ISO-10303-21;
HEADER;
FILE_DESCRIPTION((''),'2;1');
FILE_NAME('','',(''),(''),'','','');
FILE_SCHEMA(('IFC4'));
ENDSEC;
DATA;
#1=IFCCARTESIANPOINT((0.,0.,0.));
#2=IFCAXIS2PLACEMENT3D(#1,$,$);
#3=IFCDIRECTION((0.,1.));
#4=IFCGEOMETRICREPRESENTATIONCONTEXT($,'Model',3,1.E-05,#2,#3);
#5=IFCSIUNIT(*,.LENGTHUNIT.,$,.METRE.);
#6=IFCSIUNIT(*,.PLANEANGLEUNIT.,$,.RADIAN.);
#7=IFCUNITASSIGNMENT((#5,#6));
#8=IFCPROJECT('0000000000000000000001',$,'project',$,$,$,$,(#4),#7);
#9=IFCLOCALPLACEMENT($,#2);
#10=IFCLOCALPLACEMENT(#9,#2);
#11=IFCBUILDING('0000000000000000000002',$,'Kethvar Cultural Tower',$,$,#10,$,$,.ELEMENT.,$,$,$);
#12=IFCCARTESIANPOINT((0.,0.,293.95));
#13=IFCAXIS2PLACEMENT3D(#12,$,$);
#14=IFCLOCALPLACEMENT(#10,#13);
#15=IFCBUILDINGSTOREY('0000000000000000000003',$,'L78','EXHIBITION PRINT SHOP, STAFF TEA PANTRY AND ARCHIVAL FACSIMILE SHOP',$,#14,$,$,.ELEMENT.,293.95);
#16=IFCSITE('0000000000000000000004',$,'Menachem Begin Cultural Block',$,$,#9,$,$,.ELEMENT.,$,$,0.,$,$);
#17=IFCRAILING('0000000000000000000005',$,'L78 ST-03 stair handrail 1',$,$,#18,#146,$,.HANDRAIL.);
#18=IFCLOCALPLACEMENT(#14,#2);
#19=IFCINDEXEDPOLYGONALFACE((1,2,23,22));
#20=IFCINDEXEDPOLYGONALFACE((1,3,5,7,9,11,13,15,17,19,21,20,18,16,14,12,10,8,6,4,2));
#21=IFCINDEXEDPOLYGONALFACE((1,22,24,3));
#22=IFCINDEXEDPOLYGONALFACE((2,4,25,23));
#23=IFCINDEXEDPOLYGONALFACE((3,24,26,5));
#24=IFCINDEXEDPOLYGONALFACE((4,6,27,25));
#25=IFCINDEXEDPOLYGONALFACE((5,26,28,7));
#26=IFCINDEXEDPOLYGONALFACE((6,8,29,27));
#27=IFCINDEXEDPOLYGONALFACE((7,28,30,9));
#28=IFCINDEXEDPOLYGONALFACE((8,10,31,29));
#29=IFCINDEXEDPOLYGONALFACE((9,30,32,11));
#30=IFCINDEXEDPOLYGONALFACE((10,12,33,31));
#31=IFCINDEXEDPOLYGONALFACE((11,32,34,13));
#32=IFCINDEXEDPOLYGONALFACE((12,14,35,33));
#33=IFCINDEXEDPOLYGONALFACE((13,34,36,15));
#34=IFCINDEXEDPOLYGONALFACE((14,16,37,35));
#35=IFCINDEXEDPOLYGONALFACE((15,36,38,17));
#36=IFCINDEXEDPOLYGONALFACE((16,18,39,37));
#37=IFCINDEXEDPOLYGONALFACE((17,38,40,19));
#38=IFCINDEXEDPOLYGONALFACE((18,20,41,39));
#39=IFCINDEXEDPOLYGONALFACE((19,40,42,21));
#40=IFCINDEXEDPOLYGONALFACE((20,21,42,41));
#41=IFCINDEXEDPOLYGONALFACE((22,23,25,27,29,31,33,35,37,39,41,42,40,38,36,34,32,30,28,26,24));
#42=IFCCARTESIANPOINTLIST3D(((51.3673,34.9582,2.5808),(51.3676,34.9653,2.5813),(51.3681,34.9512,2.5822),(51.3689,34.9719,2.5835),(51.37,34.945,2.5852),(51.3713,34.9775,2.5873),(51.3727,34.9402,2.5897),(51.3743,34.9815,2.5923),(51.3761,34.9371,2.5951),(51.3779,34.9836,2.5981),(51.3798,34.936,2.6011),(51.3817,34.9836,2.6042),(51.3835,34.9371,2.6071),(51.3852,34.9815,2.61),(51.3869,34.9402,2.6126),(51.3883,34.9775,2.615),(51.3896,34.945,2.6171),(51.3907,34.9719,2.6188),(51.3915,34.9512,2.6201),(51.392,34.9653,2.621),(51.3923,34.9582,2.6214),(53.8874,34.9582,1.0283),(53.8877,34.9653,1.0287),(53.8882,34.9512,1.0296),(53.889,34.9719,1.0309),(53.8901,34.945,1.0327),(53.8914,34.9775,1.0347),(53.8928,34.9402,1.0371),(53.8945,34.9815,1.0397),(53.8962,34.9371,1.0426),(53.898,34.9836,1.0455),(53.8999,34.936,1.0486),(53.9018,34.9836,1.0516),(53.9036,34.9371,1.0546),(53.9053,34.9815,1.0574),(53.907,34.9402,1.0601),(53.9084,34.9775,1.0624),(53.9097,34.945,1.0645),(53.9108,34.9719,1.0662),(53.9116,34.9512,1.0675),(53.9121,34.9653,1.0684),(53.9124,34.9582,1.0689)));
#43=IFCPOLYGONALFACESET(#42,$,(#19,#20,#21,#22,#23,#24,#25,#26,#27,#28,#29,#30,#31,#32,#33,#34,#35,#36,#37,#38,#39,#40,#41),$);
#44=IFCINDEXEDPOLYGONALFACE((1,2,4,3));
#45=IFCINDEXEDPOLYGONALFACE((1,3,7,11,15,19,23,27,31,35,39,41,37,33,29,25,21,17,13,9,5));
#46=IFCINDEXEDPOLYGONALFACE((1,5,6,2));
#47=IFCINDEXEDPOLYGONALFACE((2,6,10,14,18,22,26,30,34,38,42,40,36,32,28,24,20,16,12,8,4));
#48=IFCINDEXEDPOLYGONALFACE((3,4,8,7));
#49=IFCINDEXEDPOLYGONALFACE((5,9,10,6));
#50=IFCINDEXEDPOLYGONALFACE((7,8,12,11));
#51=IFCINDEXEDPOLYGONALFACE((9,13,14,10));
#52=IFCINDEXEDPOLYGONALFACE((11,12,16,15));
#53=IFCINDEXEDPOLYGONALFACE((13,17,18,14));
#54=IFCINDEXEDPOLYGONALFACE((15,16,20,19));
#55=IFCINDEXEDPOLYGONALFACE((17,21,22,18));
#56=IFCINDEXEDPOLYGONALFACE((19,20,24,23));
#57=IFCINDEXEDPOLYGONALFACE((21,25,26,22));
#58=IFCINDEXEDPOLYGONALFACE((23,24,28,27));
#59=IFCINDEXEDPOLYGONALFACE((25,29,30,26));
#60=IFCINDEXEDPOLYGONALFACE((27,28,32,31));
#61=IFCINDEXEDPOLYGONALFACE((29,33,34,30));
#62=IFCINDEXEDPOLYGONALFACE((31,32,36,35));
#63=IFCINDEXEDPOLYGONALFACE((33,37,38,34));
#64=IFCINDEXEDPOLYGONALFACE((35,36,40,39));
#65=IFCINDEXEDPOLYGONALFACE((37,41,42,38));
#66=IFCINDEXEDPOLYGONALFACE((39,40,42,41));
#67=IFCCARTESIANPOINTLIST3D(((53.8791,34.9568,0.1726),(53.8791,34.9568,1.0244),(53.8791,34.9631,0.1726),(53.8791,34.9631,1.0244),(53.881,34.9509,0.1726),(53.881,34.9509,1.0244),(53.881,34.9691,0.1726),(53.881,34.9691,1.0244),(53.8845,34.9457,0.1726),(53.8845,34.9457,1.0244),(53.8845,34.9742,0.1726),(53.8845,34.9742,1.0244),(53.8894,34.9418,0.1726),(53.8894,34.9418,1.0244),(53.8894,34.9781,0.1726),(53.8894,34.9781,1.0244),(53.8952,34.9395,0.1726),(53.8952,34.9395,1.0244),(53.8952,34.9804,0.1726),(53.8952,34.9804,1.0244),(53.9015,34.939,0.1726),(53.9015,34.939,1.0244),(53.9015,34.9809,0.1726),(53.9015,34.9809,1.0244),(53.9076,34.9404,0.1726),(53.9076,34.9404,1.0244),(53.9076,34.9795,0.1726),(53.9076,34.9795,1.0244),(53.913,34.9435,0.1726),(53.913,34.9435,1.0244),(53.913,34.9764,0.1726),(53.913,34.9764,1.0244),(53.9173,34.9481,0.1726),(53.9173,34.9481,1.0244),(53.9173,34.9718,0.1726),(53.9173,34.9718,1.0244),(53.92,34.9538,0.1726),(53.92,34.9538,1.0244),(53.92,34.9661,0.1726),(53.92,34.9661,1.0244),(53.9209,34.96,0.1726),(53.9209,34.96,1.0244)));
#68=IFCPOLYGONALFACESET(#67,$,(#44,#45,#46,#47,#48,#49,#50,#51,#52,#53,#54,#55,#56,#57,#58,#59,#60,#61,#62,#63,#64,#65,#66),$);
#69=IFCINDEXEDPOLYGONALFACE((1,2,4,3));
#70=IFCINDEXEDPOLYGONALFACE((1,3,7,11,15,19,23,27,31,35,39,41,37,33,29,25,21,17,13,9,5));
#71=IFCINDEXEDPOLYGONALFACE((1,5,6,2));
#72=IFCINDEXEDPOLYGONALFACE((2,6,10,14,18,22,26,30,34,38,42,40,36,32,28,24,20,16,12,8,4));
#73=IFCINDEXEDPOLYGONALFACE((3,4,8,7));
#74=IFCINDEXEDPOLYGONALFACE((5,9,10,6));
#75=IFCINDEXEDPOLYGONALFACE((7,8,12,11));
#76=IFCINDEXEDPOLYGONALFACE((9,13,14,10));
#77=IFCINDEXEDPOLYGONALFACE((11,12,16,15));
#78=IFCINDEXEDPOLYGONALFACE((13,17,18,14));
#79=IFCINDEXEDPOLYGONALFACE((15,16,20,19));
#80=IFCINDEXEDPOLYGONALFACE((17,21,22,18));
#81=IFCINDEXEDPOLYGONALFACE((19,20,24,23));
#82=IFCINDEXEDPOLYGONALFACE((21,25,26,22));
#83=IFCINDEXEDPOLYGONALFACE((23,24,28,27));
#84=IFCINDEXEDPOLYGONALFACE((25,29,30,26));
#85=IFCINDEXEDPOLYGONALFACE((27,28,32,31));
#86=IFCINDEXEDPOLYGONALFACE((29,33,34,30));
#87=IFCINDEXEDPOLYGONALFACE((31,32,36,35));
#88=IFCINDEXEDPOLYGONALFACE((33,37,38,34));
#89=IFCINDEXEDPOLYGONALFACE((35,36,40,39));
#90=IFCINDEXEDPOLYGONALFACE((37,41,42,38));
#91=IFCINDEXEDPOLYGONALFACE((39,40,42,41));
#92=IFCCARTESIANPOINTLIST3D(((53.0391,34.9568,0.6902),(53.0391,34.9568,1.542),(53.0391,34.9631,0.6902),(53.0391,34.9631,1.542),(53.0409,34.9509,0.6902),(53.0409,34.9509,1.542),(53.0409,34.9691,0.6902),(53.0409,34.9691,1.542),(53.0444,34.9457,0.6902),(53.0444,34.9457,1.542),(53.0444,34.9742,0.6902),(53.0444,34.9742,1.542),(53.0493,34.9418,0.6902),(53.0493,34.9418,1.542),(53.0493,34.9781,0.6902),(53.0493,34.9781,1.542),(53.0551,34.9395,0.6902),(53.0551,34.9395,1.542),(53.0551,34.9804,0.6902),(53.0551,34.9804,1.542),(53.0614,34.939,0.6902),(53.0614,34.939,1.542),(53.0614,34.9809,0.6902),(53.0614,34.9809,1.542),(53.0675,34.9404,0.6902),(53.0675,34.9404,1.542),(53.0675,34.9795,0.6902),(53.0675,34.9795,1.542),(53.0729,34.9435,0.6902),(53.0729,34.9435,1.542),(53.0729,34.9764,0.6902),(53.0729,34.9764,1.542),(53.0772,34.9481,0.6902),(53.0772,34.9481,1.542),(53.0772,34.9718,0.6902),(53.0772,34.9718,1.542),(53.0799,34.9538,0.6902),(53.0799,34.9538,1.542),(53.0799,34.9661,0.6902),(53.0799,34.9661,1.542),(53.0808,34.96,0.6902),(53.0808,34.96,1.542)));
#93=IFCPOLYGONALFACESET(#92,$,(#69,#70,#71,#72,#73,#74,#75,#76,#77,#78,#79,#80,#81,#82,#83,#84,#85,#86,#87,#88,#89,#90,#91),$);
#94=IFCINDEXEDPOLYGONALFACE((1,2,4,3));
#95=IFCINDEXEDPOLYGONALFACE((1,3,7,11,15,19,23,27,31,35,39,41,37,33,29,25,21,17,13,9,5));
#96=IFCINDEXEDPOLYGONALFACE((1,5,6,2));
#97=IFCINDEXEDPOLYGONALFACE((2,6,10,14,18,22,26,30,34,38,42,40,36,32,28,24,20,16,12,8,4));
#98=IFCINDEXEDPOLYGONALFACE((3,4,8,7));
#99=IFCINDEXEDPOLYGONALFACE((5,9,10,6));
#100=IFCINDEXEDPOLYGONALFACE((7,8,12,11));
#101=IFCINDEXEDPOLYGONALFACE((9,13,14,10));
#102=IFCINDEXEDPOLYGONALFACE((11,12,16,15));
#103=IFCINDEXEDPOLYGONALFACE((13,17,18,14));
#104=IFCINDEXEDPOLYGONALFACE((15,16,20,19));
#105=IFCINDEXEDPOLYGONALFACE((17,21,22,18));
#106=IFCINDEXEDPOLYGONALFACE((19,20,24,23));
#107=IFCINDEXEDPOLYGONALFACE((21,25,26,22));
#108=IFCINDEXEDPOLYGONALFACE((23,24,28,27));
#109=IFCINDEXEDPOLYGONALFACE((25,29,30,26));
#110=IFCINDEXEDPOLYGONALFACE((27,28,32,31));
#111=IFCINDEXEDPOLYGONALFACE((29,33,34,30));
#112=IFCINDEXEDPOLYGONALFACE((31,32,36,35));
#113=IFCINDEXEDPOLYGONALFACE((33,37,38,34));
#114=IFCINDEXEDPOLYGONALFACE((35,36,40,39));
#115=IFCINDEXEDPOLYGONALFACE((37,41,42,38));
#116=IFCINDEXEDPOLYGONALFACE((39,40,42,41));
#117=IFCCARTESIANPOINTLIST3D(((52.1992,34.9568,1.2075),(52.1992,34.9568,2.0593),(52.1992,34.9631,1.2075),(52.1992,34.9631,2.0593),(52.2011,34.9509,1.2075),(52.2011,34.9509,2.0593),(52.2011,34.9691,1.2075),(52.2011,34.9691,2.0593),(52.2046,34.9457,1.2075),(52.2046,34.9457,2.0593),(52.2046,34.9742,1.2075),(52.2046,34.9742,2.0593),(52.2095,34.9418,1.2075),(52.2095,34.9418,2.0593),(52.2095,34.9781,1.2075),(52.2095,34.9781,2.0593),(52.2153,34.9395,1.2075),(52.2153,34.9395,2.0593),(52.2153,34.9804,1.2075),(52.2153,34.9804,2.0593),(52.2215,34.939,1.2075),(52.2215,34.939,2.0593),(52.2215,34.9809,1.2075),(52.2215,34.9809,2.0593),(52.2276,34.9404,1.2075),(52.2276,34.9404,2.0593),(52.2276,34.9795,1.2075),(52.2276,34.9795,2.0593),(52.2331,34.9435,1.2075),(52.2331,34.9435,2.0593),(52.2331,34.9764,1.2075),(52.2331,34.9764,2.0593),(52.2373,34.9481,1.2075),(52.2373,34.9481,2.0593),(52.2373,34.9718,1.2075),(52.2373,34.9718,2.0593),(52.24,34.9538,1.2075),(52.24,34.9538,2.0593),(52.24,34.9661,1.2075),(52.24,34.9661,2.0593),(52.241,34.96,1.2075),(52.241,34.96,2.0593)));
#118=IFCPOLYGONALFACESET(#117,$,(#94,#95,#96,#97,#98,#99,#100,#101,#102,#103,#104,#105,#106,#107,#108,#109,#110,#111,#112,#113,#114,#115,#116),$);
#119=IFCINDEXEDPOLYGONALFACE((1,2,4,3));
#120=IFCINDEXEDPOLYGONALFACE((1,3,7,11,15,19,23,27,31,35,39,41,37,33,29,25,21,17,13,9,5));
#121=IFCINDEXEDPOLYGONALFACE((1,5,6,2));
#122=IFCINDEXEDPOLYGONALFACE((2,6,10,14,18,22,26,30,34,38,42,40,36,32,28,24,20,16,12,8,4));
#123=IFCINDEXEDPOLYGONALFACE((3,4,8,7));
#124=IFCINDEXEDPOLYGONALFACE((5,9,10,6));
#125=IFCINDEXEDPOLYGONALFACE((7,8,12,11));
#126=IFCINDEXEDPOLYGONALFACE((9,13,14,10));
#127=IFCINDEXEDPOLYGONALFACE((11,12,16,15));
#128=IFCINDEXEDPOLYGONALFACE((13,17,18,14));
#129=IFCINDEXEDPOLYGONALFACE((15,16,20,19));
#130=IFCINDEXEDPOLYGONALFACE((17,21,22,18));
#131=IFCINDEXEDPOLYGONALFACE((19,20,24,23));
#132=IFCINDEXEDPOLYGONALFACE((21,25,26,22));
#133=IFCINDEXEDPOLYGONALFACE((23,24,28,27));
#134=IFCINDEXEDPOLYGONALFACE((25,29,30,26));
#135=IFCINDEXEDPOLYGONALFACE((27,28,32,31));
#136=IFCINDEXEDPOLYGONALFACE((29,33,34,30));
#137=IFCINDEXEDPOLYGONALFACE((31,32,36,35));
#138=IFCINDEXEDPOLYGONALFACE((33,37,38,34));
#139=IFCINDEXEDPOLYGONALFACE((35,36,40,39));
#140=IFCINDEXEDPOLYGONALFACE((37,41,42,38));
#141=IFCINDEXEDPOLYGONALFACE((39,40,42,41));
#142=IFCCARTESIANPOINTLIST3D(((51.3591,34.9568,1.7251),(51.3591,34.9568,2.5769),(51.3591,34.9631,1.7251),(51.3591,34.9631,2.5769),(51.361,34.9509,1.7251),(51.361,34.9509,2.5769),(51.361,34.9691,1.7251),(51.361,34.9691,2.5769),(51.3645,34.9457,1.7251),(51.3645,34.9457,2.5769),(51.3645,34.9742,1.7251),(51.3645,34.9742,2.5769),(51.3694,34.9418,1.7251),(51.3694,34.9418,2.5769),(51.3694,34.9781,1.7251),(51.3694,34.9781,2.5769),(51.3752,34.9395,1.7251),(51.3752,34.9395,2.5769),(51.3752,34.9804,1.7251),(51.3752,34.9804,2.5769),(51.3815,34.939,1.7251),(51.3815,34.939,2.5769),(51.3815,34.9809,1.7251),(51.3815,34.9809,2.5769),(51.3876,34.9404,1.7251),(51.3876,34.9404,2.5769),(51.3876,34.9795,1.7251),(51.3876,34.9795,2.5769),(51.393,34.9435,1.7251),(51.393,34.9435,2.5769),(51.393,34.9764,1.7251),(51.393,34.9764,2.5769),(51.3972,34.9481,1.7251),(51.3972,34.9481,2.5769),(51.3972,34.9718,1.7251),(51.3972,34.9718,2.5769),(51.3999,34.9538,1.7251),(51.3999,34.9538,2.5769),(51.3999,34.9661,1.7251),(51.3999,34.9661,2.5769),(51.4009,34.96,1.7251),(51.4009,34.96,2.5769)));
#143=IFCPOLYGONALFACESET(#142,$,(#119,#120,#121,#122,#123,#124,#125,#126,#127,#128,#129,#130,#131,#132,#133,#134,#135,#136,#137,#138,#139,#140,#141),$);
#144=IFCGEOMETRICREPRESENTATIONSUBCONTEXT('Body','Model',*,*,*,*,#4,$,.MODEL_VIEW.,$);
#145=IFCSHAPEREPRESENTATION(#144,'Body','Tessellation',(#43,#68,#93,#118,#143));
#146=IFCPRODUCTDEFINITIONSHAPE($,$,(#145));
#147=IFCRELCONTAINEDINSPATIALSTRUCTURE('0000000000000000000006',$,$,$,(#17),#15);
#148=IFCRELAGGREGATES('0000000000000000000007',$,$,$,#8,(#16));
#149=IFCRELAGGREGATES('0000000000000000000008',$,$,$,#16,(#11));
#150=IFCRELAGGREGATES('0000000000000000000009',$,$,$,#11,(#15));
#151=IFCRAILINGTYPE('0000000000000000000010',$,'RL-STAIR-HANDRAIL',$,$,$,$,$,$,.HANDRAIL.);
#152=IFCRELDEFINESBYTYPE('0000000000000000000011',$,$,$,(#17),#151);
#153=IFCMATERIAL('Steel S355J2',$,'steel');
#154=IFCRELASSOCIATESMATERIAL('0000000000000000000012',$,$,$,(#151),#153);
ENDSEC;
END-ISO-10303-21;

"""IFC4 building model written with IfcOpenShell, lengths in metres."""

from ifc_helpers import new_model, si_unit, direction, frame, origin, origin_2d, place, context, subcontext, project, spatial, circle, extrude, material, type_object, element, save


model = new_model("IFC4")

# Units and contexts
model_context = context("Model", 3, precision=1e-05, world=origin(), true_north=direction((0.0, 1.0)))
body_context = subcontext(model_context, "Body", "Model", "MODEL_VIEW")
ifc_project = project(units=[si_unit("LENGTHUNIT", "METRE"), si_unit("PLANEANGLEUNIT", "RADIAN")], contexts=[model_context])

# Site, building, storey
site_placement = place(None, origin())
site = spatial("IfcSite", under=ifc_project, at=site_placement, Name="Menachem Begin Cultural Block", CompositionType="ELEMENT", RefElevation=0.0)
building_placement = place(site_placement, origin())
building = spatial("IfcBuilding", under=site, at=building_placement, Name="Kethvar Cultural Tower", CompositionType="ELEMENT")
storey_placement = place(building_placement, frame((0.0, 0.0, 293.95)))
storey = spatial("IfcBuildingStorey", under=building, at=storey_placement, Name="L78", Description="EXHIBITION PRINT SHOP, STAFF TEA PANTRY AND ARCHIVAL FACSIMILE SHOP", CompositionType="ELEMENT", Elevation=293.95)

# Shared definitions
ifc_material_1 = material(Name="Steel S355J2", Category="steel")

# Railing
railing_type_1 = type_object("IfcRailingType", Name="RL-STAIR-HANDRAIL", PredefinedType="HANDRAIL", material=ifc_material_1)
railing_1_placement = place(storey_placement, frame((53.8999, 34.96, 0.1726)))
element("IfcRailing", 1, at=railing_1_placement, inside=storey, type_object=railing_type_1, Name="L78 ST-03 stair handrail 1", PredefinedType="HANDRAIL", context=body_context, shape_type="SweptSolid", body=[
    extrude(circle(Radius=0.0239, at=origin_2d()), frame((0.0, 0.0, 0.876), z_axis=(-0.8514, 0.0, 0.524516), x_axis=(0.0, -1.0, 0.0)), (0.0, 0.0, 1.0), 2.96),
    extrude(circle(Radius=0.021, at=origin_2d()), origin(), (0.0, 0.0, 1.0), 0.8518),
    extrude(circle(Radius=0.021, at=origin_2d()), frame((-0.8401, 0.0, 0.5176)), (0.0, 0.0, 1.0), 0.8518),
    extrude(circle(Radius=0.021, at=origin_2d()), frame((-1.6799, 0.0, 1.0349)), (0.0, 0.0, 1.0), 0.8518),
    extrude(circle(Radius=0.021, at=origin_2d()), frame((-2.52, 0.0, 1.5525)), (0.0, 0.0, 1.0), 0.8518),
])

save(model, "model.ifc")
